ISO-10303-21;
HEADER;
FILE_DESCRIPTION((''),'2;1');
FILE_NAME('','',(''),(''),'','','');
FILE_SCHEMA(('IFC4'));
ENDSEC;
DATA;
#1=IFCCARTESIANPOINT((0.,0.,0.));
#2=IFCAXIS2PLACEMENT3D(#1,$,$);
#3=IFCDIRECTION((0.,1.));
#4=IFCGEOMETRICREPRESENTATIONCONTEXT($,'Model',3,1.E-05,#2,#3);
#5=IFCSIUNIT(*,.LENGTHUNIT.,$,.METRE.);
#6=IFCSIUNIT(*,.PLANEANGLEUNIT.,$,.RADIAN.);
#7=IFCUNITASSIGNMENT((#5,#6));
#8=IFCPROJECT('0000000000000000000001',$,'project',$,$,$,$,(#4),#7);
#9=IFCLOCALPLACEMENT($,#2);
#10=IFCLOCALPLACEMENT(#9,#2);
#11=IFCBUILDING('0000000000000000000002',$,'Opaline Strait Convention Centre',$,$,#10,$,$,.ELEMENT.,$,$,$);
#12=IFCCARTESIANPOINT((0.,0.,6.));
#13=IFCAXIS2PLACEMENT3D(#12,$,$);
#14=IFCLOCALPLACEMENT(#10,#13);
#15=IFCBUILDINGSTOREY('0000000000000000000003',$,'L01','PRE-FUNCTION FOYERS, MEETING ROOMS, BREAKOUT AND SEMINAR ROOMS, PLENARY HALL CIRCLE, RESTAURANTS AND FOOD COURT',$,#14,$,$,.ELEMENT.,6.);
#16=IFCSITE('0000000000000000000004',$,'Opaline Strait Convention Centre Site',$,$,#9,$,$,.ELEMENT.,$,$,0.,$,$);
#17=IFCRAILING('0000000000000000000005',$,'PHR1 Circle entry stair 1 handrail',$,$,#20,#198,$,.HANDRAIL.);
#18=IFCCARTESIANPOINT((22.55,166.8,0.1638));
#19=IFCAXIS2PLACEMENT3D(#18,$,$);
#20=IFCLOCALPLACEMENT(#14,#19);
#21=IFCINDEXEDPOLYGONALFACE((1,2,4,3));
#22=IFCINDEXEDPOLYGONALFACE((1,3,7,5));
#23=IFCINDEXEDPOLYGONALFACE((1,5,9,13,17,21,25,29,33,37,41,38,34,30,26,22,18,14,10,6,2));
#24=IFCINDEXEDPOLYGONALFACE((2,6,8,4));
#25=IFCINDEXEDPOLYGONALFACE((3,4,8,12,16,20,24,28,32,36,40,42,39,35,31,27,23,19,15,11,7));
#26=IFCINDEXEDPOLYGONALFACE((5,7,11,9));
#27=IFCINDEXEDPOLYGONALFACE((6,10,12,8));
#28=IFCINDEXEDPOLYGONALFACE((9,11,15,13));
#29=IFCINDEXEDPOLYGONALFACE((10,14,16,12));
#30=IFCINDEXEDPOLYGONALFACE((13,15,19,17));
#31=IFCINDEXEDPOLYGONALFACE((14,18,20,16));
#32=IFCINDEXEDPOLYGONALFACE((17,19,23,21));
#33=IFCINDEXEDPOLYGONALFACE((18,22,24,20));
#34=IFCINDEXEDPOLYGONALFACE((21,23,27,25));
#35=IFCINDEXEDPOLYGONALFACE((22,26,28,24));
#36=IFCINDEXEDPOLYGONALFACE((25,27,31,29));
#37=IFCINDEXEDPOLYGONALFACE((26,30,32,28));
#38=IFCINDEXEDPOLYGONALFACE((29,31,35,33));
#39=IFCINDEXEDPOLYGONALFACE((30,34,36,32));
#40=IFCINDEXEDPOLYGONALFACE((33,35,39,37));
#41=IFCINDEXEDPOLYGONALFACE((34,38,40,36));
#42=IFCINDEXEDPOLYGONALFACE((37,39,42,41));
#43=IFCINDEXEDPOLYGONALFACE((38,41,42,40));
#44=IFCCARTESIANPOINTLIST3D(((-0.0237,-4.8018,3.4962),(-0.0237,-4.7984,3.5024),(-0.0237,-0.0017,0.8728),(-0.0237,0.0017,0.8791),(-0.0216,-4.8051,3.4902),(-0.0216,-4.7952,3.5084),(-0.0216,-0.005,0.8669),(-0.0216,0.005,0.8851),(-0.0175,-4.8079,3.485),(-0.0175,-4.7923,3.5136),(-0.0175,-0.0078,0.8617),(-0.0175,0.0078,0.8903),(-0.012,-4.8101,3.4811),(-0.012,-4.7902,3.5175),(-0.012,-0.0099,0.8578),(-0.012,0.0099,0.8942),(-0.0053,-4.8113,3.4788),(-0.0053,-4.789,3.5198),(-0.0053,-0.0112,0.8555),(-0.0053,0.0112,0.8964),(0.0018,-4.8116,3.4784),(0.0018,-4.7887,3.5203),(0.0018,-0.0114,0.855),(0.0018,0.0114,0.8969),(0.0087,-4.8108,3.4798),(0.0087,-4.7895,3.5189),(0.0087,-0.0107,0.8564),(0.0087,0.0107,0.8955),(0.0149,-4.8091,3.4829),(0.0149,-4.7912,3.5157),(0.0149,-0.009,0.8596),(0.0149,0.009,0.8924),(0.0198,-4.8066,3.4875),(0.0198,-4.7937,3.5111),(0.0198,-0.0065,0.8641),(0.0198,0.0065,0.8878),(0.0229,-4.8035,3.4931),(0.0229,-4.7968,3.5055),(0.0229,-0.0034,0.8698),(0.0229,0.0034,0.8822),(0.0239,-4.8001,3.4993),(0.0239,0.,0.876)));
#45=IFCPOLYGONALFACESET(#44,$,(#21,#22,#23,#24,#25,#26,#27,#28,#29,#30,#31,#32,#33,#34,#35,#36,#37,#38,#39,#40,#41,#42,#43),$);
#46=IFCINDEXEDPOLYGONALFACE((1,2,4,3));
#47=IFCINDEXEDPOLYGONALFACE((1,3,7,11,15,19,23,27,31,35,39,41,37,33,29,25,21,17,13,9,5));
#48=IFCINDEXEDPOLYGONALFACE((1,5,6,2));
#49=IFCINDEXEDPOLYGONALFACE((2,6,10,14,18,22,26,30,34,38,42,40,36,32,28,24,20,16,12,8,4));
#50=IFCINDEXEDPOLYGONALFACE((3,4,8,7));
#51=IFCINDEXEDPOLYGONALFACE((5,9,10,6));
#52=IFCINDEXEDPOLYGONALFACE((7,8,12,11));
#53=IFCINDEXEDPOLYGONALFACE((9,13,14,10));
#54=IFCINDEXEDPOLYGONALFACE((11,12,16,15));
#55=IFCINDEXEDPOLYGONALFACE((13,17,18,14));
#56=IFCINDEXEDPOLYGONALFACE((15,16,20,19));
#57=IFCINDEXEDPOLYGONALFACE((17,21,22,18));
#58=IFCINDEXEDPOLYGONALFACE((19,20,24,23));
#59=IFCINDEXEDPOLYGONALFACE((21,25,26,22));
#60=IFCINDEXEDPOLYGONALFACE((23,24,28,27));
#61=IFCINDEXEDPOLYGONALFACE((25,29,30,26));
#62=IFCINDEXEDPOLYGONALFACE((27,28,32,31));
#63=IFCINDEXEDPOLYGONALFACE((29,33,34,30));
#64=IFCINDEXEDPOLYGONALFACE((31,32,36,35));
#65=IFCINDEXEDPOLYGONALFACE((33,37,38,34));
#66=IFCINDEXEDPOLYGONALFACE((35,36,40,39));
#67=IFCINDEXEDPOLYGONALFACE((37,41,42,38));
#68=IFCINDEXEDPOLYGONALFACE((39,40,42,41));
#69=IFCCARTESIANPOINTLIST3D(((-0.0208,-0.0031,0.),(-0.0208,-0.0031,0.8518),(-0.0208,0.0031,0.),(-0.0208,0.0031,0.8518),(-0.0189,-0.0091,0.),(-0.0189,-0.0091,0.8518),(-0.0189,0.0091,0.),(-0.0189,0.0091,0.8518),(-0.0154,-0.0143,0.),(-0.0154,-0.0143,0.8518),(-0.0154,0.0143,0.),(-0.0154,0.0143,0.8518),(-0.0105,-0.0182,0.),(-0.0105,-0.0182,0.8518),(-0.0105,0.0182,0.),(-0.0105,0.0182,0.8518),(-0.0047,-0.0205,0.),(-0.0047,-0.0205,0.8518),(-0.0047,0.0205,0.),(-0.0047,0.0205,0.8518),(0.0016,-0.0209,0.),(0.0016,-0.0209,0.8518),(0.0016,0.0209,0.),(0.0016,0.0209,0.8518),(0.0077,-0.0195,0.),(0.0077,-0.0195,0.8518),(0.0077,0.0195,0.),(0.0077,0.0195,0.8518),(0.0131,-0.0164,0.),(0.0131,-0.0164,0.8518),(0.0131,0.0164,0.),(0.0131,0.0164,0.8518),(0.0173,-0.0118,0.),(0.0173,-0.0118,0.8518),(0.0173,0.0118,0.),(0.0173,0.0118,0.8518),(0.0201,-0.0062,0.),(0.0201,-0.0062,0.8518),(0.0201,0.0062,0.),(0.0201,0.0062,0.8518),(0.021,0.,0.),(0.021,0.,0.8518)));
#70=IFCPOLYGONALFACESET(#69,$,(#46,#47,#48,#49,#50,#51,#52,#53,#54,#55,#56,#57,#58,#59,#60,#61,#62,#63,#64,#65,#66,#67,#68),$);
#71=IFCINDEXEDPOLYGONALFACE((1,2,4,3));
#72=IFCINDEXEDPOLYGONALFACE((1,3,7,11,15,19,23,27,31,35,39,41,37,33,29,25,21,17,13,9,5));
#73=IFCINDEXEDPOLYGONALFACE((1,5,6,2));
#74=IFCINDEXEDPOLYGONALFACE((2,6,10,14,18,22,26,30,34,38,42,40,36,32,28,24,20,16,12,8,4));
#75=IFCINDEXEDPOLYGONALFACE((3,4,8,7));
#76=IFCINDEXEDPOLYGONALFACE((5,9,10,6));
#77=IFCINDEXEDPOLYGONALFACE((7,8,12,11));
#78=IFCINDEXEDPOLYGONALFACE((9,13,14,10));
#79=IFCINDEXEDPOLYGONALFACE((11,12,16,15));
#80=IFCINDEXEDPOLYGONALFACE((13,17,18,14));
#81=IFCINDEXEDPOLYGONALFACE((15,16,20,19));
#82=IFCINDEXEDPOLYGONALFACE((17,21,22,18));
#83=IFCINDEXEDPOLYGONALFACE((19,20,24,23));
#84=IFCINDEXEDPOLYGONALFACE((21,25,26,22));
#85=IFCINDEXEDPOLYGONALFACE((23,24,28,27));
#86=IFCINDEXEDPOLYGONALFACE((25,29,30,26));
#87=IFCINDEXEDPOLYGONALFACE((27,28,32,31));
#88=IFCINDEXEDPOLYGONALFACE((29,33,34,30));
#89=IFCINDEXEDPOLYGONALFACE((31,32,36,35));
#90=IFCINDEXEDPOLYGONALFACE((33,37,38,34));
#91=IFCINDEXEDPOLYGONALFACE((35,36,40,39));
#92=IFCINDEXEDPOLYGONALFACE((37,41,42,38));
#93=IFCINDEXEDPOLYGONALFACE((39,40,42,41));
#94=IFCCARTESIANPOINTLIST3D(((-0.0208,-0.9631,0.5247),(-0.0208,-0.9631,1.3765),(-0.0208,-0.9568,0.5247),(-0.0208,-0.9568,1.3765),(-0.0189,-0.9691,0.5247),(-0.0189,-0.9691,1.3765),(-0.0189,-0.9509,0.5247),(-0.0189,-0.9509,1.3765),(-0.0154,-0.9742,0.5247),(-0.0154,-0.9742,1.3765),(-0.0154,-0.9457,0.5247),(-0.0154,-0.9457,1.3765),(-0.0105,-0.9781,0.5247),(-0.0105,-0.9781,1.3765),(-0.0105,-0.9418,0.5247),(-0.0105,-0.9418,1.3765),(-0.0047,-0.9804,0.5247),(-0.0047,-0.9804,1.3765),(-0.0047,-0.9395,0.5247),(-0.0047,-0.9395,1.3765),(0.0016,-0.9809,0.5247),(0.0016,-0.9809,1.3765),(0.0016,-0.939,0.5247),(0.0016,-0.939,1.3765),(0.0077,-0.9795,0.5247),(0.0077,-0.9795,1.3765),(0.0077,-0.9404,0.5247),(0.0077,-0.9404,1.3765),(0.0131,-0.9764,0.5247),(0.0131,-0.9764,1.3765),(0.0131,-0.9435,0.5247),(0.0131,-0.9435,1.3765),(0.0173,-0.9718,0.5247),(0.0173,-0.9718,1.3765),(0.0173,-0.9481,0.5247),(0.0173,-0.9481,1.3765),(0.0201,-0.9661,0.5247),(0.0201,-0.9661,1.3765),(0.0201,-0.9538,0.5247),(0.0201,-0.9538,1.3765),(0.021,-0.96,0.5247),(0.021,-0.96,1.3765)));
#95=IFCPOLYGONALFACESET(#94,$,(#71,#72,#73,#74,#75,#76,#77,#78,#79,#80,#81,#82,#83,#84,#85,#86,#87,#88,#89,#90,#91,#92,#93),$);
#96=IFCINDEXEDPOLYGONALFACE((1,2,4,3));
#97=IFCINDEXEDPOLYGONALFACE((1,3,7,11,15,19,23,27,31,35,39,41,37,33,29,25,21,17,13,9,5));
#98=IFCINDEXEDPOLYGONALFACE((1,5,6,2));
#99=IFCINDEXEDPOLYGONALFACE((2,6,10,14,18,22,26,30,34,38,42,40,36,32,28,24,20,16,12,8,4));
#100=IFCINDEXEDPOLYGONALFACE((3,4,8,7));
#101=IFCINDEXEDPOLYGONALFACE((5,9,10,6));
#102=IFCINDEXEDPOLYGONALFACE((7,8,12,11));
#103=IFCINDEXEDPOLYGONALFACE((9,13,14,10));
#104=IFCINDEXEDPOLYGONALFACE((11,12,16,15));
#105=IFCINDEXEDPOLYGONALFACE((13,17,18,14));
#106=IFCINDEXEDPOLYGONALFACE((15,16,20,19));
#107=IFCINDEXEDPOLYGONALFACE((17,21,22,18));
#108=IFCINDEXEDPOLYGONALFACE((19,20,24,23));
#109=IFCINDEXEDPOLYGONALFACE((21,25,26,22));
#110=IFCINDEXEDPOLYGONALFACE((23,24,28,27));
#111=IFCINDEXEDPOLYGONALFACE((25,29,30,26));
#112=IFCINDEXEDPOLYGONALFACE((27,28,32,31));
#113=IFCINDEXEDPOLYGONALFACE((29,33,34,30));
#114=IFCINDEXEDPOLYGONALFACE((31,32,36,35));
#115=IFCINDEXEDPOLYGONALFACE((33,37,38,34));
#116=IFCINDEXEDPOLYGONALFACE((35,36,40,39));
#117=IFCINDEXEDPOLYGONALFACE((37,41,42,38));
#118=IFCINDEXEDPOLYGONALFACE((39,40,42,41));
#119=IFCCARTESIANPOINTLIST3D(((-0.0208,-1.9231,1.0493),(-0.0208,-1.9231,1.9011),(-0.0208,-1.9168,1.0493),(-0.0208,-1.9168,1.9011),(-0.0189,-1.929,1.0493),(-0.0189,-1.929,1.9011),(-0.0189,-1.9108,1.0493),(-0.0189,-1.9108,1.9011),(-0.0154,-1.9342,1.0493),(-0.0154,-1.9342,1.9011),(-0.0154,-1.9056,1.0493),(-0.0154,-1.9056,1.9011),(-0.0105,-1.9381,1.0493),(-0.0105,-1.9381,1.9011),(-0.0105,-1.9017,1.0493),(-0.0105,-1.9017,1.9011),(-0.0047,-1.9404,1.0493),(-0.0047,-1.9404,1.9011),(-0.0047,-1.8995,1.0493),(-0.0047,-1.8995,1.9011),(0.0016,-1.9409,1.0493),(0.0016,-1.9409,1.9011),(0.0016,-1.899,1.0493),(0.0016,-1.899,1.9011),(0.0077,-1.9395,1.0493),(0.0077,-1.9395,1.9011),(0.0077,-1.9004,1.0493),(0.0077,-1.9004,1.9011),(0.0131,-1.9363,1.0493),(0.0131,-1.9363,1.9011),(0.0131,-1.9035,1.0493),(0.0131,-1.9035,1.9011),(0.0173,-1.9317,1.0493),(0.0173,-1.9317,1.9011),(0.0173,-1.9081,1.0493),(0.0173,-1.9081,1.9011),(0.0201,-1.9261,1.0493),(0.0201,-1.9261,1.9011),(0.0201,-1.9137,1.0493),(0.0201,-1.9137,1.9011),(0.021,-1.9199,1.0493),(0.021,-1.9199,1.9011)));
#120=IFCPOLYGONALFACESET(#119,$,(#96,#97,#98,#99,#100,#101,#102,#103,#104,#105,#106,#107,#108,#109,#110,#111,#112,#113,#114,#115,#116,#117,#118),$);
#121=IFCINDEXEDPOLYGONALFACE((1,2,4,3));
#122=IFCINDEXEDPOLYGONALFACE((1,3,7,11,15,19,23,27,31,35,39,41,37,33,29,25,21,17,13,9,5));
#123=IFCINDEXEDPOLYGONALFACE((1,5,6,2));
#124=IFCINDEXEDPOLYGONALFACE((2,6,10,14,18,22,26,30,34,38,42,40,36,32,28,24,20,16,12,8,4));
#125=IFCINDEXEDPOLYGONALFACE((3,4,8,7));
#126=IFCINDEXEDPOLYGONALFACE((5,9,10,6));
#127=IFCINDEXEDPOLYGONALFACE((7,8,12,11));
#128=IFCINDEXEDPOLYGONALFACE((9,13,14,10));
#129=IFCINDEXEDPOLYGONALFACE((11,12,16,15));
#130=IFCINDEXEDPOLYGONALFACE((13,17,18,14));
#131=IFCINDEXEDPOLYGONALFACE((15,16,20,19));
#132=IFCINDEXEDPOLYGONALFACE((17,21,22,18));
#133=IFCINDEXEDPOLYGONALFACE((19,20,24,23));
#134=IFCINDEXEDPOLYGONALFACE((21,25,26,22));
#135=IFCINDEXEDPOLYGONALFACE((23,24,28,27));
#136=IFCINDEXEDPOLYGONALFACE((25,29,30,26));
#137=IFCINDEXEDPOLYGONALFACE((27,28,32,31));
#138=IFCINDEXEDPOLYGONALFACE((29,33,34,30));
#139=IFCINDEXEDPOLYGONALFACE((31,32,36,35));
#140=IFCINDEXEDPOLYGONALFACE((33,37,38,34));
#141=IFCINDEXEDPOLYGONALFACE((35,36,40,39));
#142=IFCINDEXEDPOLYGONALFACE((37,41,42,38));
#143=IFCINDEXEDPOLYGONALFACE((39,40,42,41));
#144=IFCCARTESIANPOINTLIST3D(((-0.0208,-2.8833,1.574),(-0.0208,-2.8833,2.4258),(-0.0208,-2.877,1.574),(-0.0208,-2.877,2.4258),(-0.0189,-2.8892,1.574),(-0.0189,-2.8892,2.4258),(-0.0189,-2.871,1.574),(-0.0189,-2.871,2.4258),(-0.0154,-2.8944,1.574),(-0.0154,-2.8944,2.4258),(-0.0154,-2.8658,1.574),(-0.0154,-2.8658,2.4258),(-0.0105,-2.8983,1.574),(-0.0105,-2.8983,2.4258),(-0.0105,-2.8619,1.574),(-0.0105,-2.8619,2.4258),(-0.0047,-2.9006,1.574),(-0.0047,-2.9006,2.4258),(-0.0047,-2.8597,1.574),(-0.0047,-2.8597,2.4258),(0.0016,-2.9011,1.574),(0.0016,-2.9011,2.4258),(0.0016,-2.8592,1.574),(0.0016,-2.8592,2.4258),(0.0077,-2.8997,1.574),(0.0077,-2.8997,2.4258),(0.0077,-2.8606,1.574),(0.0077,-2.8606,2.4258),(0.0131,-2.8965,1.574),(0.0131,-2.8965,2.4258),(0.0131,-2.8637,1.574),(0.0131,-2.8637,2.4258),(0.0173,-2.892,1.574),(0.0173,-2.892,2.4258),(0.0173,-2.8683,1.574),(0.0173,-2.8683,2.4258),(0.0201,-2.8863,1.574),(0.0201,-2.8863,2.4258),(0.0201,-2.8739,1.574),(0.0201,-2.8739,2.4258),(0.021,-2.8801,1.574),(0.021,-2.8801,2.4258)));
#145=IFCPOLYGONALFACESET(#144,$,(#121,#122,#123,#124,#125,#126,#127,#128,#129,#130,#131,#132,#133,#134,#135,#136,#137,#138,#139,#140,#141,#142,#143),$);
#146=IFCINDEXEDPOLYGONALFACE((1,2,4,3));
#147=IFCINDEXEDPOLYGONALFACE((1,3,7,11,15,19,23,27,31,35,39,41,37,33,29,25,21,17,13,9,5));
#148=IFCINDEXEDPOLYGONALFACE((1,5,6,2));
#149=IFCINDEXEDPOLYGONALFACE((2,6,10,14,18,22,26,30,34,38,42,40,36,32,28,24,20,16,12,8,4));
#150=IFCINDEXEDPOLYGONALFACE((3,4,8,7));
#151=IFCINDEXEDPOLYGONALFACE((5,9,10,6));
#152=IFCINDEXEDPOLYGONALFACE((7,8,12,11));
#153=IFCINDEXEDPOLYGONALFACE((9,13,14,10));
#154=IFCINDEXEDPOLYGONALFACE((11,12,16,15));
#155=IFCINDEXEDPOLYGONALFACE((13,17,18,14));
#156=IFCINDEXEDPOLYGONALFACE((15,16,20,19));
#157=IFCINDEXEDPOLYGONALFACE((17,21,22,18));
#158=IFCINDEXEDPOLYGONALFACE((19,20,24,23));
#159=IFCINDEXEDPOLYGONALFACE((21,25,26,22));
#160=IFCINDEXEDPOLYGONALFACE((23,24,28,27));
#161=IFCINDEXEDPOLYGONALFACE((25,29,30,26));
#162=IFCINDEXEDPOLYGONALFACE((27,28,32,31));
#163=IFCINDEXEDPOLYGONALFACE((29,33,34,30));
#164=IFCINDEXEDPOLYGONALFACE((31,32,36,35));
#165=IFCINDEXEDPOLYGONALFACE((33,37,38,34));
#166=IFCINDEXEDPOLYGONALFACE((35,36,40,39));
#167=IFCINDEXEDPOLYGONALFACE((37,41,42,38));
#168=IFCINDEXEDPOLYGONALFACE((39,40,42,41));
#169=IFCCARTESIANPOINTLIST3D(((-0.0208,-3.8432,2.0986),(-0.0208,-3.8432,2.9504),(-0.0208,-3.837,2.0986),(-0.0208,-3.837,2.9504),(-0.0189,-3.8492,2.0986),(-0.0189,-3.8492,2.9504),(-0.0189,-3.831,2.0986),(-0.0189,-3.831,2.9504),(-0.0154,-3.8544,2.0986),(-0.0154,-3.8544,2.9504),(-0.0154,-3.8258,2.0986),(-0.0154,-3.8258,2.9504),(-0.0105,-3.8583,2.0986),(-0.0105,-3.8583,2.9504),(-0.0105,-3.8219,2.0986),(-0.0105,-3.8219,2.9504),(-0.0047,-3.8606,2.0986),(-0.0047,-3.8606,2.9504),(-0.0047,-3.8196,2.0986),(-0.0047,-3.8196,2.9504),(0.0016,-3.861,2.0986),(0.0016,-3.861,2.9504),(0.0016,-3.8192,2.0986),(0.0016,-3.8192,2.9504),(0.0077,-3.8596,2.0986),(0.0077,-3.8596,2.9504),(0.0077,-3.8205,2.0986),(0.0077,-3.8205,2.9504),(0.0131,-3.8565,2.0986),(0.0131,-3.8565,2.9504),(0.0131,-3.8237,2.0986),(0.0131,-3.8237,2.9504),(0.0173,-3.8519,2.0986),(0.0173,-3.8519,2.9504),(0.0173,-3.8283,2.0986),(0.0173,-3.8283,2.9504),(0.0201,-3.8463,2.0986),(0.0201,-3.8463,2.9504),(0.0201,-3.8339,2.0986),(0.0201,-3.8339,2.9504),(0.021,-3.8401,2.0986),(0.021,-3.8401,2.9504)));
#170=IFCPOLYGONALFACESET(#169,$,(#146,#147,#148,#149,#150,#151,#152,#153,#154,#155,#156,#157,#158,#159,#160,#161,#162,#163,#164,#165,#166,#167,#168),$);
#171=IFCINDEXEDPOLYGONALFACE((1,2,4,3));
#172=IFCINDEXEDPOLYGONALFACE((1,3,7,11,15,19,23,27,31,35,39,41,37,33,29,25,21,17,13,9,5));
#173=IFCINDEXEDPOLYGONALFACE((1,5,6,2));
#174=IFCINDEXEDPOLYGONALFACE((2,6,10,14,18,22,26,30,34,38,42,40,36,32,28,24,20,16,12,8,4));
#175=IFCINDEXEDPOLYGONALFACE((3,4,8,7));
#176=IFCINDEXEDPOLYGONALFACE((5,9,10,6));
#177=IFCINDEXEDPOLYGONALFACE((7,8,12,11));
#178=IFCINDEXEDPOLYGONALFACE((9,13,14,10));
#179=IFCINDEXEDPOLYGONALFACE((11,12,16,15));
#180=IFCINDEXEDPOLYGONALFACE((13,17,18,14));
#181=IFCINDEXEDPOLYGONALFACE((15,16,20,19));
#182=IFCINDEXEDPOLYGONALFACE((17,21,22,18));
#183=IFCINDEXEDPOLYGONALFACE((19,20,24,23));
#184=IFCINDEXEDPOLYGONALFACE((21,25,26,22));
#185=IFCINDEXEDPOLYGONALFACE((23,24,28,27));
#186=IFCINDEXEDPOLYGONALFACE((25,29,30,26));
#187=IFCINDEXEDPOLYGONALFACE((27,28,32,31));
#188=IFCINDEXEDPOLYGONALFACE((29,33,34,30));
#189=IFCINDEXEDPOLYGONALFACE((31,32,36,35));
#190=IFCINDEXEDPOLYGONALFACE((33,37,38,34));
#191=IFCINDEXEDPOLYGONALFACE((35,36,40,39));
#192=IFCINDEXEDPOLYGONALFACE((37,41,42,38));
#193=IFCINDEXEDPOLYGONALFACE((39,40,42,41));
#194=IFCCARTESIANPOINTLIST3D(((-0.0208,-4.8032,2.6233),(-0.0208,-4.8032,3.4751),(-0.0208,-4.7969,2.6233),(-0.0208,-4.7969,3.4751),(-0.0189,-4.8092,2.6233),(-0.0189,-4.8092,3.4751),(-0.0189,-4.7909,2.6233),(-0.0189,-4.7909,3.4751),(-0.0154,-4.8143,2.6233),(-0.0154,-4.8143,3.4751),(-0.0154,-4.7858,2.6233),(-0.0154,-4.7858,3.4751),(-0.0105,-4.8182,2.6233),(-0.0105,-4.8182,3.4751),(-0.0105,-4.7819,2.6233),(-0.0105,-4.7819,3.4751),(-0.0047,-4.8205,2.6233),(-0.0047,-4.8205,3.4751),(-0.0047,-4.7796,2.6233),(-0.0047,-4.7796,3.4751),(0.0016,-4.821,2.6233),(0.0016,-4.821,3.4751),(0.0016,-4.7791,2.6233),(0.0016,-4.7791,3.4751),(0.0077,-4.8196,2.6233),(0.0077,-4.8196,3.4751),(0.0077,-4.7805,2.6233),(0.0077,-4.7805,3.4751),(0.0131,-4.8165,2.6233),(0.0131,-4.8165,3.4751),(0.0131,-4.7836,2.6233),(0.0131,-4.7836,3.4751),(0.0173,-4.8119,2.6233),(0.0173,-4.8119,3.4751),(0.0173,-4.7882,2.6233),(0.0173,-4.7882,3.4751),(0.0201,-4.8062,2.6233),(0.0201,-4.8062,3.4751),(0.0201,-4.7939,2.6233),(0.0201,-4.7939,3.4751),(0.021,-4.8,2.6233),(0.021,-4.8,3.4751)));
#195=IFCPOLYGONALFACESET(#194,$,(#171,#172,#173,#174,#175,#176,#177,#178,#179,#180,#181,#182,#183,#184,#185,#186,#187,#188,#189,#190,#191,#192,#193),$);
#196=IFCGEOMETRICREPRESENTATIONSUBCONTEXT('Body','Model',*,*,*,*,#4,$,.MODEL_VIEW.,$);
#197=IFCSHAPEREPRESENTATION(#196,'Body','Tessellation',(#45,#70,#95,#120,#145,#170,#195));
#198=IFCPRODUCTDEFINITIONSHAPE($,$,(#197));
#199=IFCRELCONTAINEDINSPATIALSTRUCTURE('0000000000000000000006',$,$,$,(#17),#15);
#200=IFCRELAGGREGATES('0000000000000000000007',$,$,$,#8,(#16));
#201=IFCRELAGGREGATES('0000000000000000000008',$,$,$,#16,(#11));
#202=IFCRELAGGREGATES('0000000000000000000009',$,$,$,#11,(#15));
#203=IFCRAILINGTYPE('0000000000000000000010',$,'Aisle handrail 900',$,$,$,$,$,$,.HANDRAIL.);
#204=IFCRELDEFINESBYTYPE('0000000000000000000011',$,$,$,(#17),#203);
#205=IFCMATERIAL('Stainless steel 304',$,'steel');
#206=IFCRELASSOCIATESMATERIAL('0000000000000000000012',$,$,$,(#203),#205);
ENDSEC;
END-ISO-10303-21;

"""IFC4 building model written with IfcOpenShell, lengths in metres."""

from ifc_helpers import new_model, si_unit, direction, frame, origin, origin_2d, place, context, subcontext, project, spatial, circle, extrude, material, type_object, element, save


model = new_model("IFC4")

# Units and contexts
model_context = context("Model", 3, precision=1e-05, world=origin(), true_north=direction((0.0, 1.0)))
body_context = subcontext(model_context, "Body", "Model", "MODEL_VIEW")
ifc_project = project(units=[si_unit("LENGTHUNIT", "METRE"), si_unit("PLANEANGLEUNIT", "RADIAN")], contexts=[model_context])

# Site, building, storey
site_placement = place(None, origin())
site = spatial("IfcSite", under=ifc_project, at=site_placement, Name="Opaline Strait Convention Centre Site", CompositionType="ELEMENT", RefElevation=0.0)
building_placement = place(site_placement, origin())
building = spatial("IfcBuilding", under=site, at=building_placement, Name="Opaline Strait Convention Centre", CompositionType="ELEMENT")
storey_placement = place(building_placement, frame((0.0, 0.0, 6.0)))
storey = spatial("IfcBuildingStorey", under=building, at=storey_placement, Name="L01", Description="PRE-FUNCTION FOYERS, MEETING ROOMS, BREAKOUT AND SEMINAR ROOMS, PLENARY HALL CIRCLE, RESTAURANTS AND FOOD COURT", CompositionType="ELEMENT", Elevation=6.0)

# Railing
ifc_material_1 = material(Name="Stainless steel 304", Category="steel")
railing_type_1 = type_object("IfcRailingType", Name="Aisle handrail 900", PredefinedType="HANDRAIL", material=ifc_material_1)
for number, where, name in (
    (1, (22.55, 166.8, 0.1638), "PHR1 Circle entry stair 1 handrail"),
):
    element("IfcRailing", number, at=place(storey_placement, frame(where)), inside=storey, type_object=railing_type_1, Name=name, PredefinedType="HANDRAIL", context=body_context, shape_type="SweptSolid", body=[
        extrude(circle(Radius=0.0239, at=origin_2d()), frame((0.0, 0.0, 0.876), z_axis=(0.0, -0.877505, 0.479568), x_axis=(1.0, 0.0, 0.0)), (0.0, 0.0, 1.0), 5.4702),
        extrude(circle(Radius=0.021, at=origin_2d()), origin(), (0.0, 0.0, 1.0), 0.8518),
        extrude(circle(Radius=0.021, at=origin_2d()), frame((0.0, -0.96, 0.5247)), (0.0, 0.0, 1.0), 0.8518),
        extrude(circle(Radius=0.021, at=origin_2d()), frame((0.0, -1.9199, 1.0493)), (0.0, 0.0, 1.0), 0.8518),
        extrude(circle(Radius=0.021, at=origin_2d()), frame((0.0, -2.8801, 1.574)), (0.0, 0.0, 1.0), 0.8518),
        extrude(circle(Radius=0.021, at=origin_2d()), frame((0.0, -3.8401, 2.0986)), (0.0, 0.0, 1.0), 0.8518),
        extrude(circle(Radius=0.021, at=origin_2d()), frame((0.0, -4.8, 2.6233)), (0.0, 0.0, 1.0), 0.8518),
    ])

save(model, "model.ifc")
